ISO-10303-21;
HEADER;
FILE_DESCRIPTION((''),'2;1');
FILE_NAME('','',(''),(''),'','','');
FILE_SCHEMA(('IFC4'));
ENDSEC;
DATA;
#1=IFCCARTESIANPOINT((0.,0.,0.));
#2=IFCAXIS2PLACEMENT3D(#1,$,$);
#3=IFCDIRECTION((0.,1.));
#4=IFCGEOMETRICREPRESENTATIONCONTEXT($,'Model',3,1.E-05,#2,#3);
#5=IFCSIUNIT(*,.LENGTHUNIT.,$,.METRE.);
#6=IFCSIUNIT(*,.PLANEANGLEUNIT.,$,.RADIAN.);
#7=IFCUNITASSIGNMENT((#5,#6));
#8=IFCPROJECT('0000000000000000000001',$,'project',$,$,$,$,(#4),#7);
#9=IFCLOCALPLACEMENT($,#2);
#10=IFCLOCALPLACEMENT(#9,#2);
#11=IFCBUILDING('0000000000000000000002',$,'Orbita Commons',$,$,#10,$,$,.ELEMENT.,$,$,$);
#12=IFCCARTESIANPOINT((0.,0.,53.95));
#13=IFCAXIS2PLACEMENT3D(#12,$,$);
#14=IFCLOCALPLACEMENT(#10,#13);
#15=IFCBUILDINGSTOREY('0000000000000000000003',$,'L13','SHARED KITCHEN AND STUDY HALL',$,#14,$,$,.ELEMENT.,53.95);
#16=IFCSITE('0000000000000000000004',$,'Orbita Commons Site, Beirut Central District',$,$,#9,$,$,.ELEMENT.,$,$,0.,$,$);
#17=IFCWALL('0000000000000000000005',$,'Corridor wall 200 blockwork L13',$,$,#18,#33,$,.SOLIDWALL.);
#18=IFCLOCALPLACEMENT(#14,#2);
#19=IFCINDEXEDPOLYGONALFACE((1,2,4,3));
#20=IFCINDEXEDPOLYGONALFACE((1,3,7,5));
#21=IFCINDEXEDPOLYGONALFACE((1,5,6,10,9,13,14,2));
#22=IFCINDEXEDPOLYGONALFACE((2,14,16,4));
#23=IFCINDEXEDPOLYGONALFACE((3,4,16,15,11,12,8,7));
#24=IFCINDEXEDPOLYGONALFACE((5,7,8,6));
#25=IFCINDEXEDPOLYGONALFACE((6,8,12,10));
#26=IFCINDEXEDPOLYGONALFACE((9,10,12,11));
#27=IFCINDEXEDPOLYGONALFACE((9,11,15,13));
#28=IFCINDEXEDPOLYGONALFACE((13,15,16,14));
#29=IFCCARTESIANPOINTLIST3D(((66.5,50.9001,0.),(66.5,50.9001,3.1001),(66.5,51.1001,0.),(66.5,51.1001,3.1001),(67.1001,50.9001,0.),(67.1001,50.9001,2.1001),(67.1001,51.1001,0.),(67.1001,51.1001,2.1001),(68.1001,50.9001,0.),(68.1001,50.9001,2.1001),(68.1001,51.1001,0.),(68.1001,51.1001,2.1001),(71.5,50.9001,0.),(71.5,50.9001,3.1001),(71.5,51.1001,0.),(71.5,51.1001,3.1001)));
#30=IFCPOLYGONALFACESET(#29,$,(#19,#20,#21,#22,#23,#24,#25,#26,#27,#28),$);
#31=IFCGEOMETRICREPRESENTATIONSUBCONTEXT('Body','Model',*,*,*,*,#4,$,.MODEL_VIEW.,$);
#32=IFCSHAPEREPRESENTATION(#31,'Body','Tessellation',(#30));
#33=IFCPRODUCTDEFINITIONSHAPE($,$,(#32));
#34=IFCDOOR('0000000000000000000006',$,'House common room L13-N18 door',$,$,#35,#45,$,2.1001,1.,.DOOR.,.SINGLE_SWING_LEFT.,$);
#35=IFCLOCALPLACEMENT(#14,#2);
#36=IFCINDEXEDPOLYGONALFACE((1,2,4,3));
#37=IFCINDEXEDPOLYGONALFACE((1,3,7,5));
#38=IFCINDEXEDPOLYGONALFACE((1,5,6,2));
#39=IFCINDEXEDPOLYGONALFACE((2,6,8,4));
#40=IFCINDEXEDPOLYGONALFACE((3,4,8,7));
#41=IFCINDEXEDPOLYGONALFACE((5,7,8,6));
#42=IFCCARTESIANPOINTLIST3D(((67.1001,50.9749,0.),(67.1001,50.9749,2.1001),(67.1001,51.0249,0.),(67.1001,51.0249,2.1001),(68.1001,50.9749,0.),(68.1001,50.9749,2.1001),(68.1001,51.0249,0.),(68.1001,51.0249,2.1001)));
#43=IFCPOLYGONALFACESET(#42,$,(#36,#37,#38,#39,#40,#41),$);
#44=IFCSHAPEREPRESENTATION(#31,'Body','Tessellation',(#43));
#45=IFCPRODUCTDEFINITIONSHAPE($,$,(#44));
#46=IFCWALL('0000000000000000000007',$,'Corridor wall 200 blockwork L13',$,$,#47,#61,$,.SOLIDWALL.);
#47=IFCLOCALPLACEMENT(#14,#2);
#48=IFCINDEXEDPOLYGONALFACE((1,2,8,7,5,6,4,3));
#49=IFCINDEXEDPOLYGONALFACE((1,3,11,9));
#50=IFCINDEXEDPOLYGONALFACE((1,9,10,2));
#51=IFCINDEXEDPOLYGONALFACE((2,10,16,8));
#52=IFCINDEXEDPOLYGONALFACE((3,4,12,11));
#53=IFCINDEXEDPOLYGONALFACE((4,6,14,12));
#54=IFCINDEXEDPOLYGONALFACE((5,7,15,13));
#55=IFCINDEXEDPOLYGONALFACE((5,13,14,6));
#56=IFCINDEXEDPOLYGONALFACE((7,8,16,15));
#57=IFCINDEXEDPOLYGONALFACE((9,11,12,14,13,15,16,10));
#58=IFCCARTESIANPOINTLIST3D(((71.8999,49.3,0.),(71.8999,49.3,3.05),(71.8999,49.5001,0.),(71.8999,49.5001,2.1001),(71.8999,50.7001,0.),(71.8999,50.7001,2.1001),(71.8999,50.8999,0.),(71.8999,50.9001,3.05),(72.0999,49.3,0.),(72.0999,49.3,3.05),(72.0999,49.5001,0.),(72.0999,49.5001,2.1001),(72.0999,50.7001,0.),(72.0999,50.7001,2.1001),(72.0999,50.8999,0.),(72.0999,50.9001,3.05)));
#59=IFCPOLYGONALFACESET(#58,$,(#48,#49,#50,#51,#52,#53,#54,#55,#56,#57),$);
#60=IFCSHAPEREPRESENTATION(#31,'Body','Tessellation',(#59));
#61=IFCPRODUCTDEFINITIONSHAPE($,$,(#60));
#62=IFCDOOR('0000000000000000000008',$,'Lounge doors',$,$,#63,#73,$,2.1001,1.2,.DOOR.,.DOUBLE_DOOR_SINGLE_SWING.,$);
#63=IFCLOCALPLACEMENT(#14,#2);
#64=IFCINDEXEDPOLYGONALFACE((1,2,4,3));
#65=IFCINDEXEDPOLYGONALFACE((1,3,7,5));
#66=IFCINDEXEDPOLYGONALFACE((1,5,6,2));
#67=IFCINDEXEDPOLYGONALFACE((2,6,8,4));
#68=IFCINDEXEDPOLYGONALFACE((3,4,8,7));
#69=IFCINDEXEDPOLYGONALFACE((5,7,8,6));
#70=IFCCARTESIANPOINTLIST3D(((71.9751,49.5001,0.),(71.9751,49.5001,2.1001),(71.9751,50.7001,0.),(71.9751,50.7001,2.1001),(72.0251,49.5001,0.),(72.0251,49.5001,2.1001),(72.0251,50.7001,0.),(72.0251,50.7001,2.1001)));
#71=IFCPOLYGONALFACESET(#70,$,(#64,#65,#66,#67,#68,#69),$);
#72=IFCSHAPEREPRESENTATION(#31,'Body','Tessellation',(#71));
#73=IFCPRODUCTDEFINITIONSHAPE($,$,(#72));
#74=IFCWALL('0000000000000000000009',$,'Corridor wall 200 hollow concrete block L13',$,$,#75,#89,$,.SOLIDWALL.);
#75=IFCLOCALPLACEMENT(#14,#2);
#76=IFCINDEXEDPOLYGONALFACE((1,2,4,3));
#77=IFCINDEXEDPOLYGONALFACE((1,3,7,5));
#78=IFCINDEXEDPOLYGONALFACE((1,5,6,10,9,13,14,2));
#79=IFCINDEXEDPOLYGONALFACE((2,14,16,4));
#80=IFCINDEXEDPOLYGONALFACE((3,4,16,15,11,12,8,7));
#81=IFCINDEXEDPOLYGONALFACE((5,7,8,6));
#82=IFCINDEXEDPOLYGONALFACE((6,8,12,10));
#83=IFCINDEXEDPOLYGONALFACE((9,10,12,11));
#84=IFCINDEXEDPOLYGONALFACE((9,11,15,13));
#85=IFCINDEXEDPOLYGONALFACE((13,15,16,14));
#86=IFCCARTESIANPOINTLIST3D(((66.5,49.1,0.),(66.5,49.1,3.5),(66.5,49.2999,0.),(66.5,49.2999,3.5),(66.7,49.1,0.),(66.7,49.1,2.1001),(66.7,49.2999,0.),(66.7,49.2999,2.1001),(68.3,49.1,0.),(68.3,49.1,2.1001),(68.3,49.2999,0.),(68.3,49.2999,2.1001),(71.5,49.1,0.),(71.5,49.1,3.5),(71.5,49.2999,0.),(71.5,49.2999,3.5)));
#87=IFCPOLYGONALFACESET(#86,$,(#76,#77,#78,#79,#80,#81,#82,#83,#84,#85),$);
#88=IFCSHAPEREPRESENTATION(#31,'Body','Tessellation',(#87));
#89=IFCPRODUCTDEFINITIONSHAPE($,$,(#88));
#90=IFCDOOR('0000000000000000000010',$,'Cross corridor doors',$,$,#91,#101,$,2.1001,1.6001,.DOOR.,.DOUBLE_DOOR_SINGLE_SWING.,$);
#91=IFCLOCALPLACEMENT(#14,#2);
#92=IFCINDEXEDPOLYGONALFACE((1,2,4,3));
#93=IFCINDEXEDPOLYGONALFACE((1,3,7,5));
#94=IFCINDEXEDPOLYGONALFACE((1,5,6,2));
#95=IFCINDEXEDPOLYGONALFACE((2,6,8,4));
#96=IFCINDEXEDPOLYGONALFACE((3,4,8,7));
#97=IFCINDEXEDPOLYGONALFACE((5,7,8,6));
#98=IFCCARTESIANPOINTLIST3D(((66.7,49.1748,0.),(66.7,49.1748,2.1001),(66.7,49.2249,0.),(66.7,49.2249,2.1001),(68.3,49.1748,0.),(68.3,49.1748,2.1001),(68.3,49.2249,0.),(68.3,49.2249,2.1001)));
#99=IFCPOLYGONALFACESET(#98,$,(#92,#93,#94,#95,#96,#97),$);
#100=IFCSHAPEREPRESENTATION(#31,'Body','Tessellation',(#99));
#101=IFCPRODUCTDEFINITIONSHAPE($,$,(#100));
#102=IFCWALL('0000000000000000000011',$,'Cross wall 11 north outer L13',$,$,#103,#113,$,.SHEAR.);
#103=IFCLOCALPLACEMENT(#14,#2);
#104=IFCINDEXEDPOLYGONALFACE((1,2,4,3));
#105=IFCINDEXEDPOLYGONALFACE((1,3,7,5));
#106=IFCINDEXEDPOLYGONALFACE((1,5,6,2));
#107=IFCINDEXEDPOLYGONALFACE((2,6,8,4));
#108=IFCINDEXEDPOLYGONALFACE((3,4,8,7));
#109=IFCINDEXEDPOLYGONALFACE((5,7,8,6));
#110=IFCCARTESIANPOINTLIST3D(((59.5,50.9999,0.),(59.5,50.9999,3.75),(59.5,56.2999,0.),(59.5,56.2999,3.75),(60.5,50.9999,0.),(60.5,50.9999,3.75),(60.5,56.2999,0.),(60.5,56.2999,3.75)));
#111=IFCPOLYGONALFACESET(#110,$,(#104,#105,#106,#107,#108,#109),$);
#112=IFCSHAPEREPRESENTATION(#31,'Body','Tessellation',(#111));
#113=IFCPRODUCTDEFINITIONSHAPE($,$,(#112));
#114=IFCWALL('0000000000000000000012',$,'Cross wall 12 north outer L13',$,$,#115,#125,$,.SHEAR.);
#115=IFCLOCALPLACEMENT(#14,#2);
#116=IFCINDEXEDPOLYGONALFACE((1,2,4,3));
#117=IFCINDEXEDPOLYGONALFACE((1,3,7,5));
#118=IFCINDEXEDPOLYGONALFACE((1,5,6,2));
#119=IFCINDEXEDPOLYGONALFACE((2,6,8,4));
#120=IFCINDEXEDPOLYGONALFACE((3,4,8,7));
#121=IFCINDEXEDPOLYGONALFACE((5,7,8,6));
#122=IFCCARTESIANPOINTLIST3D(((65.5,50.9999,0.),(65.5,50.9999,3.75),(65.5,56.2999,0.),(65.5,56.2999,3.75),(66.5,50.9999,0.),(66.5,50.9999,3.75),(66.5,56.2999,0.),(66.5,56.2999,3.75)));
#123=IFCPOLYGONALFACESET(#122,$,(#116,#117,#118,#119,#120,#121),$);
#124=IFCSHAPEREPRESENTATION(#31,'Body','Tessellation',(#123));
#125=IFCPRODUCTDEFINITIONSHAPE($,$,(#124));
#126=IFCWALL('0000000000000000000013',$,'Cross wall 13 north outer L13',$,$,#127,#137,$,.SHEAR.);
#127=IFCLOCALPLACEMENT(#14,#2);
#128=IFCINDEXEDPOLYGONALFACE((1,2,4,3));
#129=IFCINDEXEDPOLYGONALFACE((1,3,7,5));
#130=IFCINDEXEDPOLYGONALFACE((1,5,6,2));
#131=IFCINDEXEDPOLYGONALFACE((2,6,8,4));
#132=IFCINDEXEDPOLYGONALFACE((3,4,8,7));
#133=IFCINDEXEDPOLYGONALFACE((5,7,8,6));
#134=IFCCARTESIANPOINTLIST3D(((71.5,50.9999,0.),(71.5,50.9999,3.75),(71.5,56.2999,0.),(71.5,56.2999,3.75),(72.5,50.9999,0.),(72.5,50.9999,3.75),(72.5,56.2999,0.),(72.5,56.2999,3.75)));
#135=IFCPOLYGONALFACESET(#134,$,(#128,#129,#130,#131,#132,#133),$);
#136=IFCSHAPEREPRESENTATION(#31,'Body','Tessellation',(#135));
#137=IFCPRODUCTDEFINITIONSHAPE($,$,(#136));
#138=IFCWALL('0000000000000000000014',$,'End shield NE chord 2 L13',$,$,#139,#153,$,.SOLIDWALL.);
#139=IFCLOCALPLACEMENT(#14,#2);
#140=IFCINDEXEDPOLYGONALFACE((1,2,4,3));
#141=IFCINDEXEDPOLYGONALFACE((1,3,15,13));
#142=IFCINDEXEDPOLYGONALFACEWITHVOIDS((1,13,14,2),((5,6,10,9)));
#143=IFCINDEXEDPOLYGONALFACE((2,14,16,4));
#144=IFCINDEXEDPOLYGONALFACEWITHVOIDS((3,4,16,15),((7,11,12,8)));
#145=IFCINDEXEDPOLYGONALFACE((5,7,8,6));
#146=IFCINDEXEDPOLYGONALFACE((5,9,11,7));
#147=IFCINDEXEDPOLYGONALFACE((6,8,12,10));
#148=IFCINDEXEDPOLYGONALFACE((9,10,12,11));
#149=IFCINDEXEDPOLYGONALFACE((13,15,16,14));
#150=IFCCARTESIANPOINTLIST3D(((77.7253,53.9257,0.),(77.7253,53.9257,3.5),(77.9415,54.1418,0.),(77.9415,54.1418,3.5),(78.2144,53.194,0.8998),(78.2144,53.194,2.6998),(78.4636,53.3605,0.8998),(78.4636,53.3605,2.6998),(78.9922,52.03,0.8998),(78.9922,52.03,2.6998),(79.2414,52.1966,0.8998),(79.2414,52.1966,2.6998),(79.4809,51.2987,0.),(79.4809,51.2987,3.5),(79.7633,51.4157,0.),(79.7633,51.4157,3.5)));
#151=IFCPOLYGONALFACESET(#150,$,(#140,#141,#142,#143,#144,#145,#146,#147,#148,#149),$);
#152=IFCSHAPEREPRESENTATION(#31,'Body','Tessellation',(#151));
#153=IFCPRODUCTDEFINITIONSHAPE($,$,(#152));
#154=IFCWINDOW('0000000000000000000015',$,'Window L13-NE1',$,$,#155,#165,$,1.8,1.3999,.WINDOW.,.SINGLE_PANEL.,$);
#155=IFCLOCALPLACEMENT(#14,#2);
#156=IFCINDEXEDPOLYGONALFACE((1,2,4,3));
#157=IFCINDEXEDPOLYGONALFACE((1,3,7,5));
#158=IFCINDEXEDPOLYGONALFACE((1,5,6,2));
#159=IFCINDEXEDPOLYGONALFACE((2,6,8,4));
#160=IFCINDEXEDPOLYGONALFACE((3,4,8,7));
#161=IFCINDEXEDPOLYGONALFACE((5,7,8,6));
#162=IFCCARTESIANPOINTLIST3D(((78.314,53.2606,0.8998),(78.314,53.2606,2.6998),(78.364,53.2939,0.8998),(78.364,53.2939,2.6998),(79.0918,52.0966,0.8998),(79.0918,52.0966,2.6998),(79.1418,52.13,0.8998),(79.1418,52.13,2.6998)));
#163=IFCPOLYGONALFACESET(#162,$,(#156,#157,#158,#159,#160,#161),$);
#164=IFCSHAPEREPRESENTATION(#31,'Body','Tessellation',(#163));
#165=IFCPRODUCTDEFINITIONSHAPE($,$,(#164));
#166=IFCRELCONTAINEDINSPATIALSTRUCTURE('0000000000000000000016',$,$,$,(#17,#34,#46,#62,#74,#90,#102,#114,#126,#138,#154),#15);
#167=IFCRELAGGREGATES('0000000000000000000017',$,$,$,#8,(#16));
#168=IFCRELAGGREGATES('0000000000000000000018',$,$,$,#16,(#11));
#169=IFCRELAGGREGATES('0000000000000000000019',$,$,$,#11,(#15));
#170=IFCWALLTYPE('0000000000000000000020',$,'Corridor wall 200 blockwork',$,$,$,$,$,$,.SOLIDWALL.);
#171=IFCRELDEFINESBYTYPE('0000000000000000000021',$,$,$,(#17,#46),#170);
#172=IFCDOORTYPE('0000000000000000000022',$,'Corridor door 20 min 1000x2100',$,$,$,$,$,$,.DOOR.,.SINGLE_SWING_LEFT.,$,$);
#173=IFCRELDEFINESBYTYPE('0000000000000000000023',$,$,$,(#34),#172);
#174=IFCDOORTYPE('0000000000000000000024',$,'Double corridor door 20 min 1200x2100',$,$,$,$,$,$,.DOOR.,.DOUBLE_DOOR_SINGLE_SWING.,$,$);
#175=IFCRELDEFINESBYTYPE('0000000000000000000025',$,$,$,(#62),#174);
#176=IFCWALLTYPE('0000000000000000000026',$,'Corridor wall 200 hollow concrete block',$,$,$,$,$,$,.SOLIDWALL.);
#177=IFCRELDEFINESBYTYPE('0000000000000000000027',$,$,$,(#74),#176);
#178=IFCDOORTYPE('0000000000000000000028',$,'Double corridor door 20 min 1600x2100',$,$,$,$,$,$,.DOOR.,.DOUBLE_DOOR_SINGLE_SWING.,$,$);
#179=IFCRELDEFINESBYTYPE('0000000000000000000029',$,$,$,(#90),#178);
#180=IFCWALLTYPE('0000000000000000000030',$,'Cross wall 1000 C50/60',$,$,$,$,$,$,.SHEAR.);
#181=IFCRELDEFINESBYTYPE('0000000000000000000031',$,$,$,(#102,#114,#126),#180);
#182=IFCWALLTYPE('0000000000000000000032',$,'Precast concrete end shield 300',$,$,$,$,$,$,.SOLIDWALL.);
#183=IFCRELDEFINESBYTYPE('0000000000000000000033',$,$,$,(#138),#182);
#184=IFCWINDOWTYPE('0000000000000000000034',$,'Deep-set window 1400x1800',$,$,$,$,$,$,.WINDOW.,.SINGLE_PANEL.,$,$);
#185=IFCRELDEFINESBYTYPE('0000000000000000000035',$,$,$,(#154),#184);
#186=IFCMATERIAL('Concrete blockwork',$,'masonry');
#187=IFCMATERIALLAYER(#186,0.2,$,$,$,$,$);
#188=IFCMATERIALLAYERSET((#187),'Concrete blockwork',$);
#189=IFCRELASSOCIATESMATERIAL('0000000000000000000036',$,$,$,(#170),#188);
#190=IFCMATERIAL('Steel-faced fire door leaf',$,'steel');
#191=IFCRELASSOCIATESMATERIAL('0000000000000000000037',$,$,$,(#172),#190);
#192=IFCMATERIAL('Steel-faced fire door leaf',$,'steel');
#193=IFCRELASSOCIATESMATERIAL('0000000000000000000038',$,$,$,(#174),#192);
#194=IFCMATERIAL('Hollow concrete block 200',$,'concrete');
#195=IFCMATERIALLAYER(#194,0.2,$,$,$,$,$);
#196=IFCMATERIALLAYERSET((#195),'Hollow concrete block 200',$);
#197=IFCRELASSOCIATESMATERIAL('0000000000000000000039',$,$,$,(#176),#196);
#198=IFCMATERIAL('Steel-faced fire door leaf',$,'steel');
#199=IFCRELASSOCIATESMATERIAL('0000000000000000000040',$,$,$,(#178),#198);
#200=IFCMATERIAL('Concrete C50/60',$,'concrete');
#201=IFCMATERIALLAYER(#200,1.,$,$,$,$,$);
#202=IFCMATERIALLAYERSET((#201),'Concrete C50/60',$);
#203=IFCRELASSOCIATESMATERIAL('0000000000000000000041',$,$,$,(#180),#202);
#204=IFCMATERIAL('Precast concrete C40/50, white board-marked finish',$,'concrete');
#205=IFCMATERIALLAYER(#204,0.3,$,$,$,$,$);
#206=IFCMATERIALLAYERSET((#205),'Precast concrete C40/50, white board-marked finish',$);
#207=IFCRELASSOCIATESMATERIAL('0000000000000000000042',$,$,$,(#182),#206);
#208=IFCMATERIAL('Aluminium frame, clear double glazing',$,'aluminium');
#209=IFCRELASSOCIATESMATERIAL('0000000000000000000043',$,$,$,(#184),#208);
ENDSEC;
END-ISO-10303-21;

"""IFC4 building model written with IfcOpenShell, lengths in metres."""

from ifc_helpers import new_model, si_unit, direction, frame, frame_2d, origin, place, context, subcontext, project, spatial, polyline, rectangle, outline, extrude, material, layer, layer_set, type_object, element, fill, save


model = new_model("IFC4")

# Units and contexts
model_context = context("Model", 3, precision=1e-05, world=origin(), true_north=direction((0.0, 1.0)))
body_context = subcontext(model_context, "Body", "Model", "MODEL_VIEW")
ifc_project = project(units=[si_unit("LENGTHUNIT", "METRE"), si_unit("PLANEANGLEUNIT", "RADIAN")], contexts=[model_context])

# Site, building, storey
site_placement = place(None, origin())
site = spatial("IfcSite", under=ifc_project, at=site_placement, Name="Orbita Commons Site, Beirut Central District", CompositionType="ELEMENT", RefElevation=0.0)
building_placement = place(site_placement, origin())
building = spatial("IfcBuilding", under=site, at=building_placement, Name="Orbita Commons", CompositionType="ELEMENT")
storey_placement = place(building_placement, frame((0.0, 0.0, 53.95)))
storey = spatial("IfcBuildingStorey", under=building, at=storey_placement, Name="L13", Description="SHARED KITCHEN AND STUDY HALL", CompositionType="ELEMENT", Elevation=53.95)

# Walls, openings, doors
ifc_material_1 = material(Name="Concrete blockwork", Category="masonry")
ifc_layer_1 = layer(ifc_material_1, 0.2)
ifc_layer_set_1 = layer_set([ifc_layer_1], Name="Concrete blockwork")
wall_type_1 = type_object("IfcWallType", Name="Corridor wall 200 blockwork", PredefinedType="SOLIDWALL", material=ifc_layer_set_1)
ifc_material_2 = material(Name="Steel-faced fire door leaf", Category="steel")
door_type_1 = type_object("IfcDoorType", Name="Corridor door 20 min 1000x2100", OperationType="SINGLE_SWING_LEFT", PredefinedType="DOOR", material=ifc_material_2)
wall_1_placement = place(storey_placement, frame((66.5, 51.0, 0.0), z_axis=(0.0, 0.0, 1.0), x_axis=(1.0, 0.0, 0.0)))
wall_1 = element("IfcWall", 1, at=wall_1_placement, inside=storey, type_object=wall_type_1, Name="Corridor wall 200 blockwork L13", PredefinedType="SOLIDWALL", context=body_context, shape_type="SweptSolid", body=[
    extrude(outline(polyline([(0.0, 0.0), (5.0, 0.0), (5.0, 3.1001), (0.0, 3.1001), (0.0, 0.0)])), frame((0.0, 0.1001, 0.0), z_axis=(0.0, -1.0, 0.0), x_axis=(1.0, 0.0, 0.0)), (0.0, 0.0, 1.0), 0.2),
])
opening_1_placement = place(wall_1_placement, frame((0.6001, 0.0, 0.0)))
opening_1 = element("IfcOpeningElement", 2, at=opening_1_placement, cuts=wall_1, PredefinedType="OPENING", context=body_context, shape_type="SweptSolid", body=[
    extrude(rectangle(XDim=1.0, YDim=2.1001, at=frame_2d((0.5, 1.05))), frame((0.0, 0.1099, 0.0), z_axis=(0.0, -1.0, 0.0), x_axis=(1.0, 0.0, 0.0)), (0.0, 0.0, 1.0), 0.22),
])
door_1_placement = place(opening_1_placement, origin())
door_1 = element("IfcDoor", 3, at=door_1_placement, inside=storey, type_object=door_type_1, Name="House common room L13-N18 door", OperationType="SINGLE_SWING_LEFT", OverallHeight=2.1001, OverallWidth=1.0, PredefinedType="DOOR", context=body_context, shape_type="SweptSolid", body=[
    extrude(rectangle(XDim=1.0, YDim=2.1001, at=frame_2d((0.5, 1.05))), frame((0.0, 0.0249, 0.0), z_axis=(0.0, -1.0, 0.0), x_axis=(1.0, 0.0, 0.0)), (0.0, 0.0, 1.0), 0.05),
])
fill(opening_1, door_1)
wall_2_placement = place(storey_placement, frame((72.0, 49.3, 0.0), z_axis=(0.0, 0.0, 1.0), x_axis=(0.0, 1.0, 0.0)))
wall_2 = element("IfcWall", 4, at=wall_2_placement, inside=storey, type_object=wall_type_1, Name="Corridor wall 200 blockwork L13", PredefinedType="SOLIDWALL", context=body_context, shape_type="SweptSolid", body=[
    extrude(outline(polyline([(0.0, 0.0), (1.5999, 0.0), (1.6001, 3.05), (0.0, 3.05), (0.0, 0.0)])), frame((0.0, 0.1001, 0.0), z_axis=(0.0, -1.0, 0.0), x_axis=(1.0, 0.0, 0.0)), (0.0, 0.0, 1.0), 0.2),
])
opening_2_placement = place(wall_2_placement, frame((0.2, 0.0, 0.0)))
opening_2 = element("IfcOpeningElement", 5, at=opening_2_placement, cuts=wall_2, PredefinedType="OPENING", context=body_context, shape_type="SweptSolid", body=[
    extrude(rectangle(XDim=1.2, YDim=2.1001, at=frame_2d((0.6001, 1.05))), frame((0.0, 0.1099, 0.0), z_axis=(0.0, -1.0, 0.0), x_axis=(1.0, 0.0, 0.0)), (0.0, 0.0, 1.0), 0.22),
])
ifc_material_3 = material(Name="Steel-faced fire door leaf", Category="steel")
door_type_2 = type_object("IfcDoorType", Name="Double corridor door 20 min 1200x2100", OperationType="DOUBLE_DOOR_SINGLE_SWING", PredefinedType="DOOR", material=ifc_material_3)
door_2_placement = place(opening_2_placement, origin())
door_2 = element("IfcDoor", 6, at=door_2_placement, inside=storey, type_object=door_type_2, Name="Lounge doors", OperationType="DOUBLE_DOOR_SINGLE_SWING", OverallHeight=2.1001, OverallWidth=1.2, PredefinedType="DOOR", context=body_context, shape_type="SweptSolid", body=[
    extrude(rectangle(XDim=1.2, YDim=2.1001, at=frame_2d((0.6001, 1.05))), frame((0.0, 0.0249, 0.0), z_axis=(0.0, -1.0, 0.0), x_axis=(1.0, 0.0, 0.0)), (0.0, 0.0, 1.0), 0.05),
])
fill(opening_2, door_2)
ifc_material_4 = material(Name="Hollow concrete block 200", Category="concrete")
ifc_layer_2 = layer(ifc_material_4, 0.2)
ifc_layer_set_2 = layer_set([ifc_layer_2], Name="Hollow concrete block 200")
wall_type_2 = type_object("IfcWallType", Name="Corridor wall 200 hollow concrete block", PredefinedType="SOLIDWALL", material=ifc_layer_set_2)
wall_3_placement = place(storey_placement, frame((66.5, 49.2, 0.0), z_axis=(0.0, 0.0, 1.0), x_axis=(1.0, 0.0, 0.0)))
wall_3 = element("IfcWall", 7, at=wall_3_placement, inside=storey, type_object=wall_type_2, Name="Corridor wall 200 hollow concrete block L13", PredefinedType="SOLIDWALL", context=body_context, shape_type="SweptSolid", body=[
    extrude(rectangle(XDim=5.0, YDim=0.2, at=frame_2d((2.5, 0.0))), origin(), (0.0, 0.0, 1.0), 3.5),
])
opening_3_placement = place(wall_3_placement, frame((0.2, 0.0, 0.0)))
opening_3 = element("IfcOpeningElement", 8, at=opening_3_placement, cuts=wall_3, PredefinedType="OPENING", context=body_context, shape_type="SweptSolid", body=[
    extrude(rectangle(XDim=1.6001, YDim=2.1001, at=frame_2d((0.8, 1.05))), frame((0.0, 0.1099, 0.0), z_axis=(0.0, -1.0, 0.0), x_axis=(1.0, 0.0, 0.0)), (0.0, 0.0, 1.0), 0.22),
])
ifc_material_5 = material(Name="Steel-faced fire door leaf", Category="steel")
door_type_3 = type_object("IfcDoorType", Name="Double corridor door 20 min 1600x2100", OperationType="DOUBLE_DOOR_SINGLE_SWING", PredefinedType="DOOR", material=ifc_material_5)
door_3_placement = place(opening_3_placement, origin())
door_3 = element("IfcDoor", 9, at=door_3_placement, inside=storey, type_object=door_type_3, Name="Cross corridor doors", OperationType="DOUBLE_DOOR_SINGLE_SWING", OverallHeight=2.1001, OverallWidth=1.6001, PredefinedType="DOOR", context=body_context, shape_type="SweptSolid", body=[
    extrude(rectangle(XDim=1.6001, YDim=2.1001, at=frame_2d((0.8, 1.05))), frame((0.0, 0.0249, 0.0), z_axis=(0.0, -1.0, 0.0), x_axis=(1.0, 0.0, 0.0)), (0.0, 0.0, 1.0), 0.05),
])
fill(opening_3, door_3)

# Walls
ifc_material_6 = material(Name="Concrete C50/60", Category="concrete")
ifc_layer_3 = layer(ifc_material_6, 1.0)
ifc_layer_set_3 = layer_set([ifc_layer_3], Name="Concrete C50/60")
wall_type_3 = type_object("IfcWallType", Name="Cross wall 1000 C50/60", PredefinedType="SHEAR", material=ifc_layer_set_3)
for number, where, z_axis, x_axis, name in (
    (10, (60.0, 51.0, 0.0), (0.0, 0.0, 1.0), (0.0, 1.0, 0.0), "Cross wall 11 north outer L13"),
    (11, (66.0, 51.0, 0.0), (0.0, 0.0, 1.0), (0.0, 1.0, 0.0), "Cross wall 12 north outer L13"),
    (12, (72.0, 51.0, 0.0), (0.0, 0.0, 1.0), (0.0, 1.0, 0.0), "Cross wall 13 north outer L13"),
):
    element("IfcWall", number, at=place(storey_placement, frame(where, z_axis=z_axis, x_axis=x_axis)), inside=storey, type_object=wall_type_3, Name=name, PredefinedType="SHEAR", context=body_context, shape_type="SweptSolid", body=[
        extrude(rectangle(XDim=5.3, YDim=1.0, at=frame_2d((2.6499, 0.0))), origin(), (0.0, 0.0, 1.0), 3.75),
    ])

# Wall, opening, window
ifc_material_7 = material(Name="Precast concrete C40/50, white board-marked finish", Category="concrete")
ifc_layer_4 = layer(ifc_material_7, 0.3)
ifc_layer_set_4 = layer_set([ifc_layer_4], Name="Precast concrete C40/50, white board-marked finish")
wall_type_4 = type_object("IfcWallType", Name="Precast concrete end shield 300", PredefinedType="SOLIDWALL", material=ifc_layer_set_4)
wall_4_placement = place(storey_placement, frame((79.6221, 51.3572, 0.0), z_axis=(0.0, 0.0, 1.0), x_axis=(-0.55561, 0.831443, 0.0)))
wall_4 = element("IfcWall", 13, at=wall_4_placement, inside=storey, type_object=wall_type_4, Name="End shield NE chord 2 L13", PredefinedType="SOLIDWALL", context=body_context, shape_type="SweptSolid", body=[
    extrude(outline(polyline([(-0.0298, -0.1499), (3.249, -0.1499), (3.1895, 0.1499), (0.0298, 0.1499), (-0.0298, -0.1499)])), origin(), (0.0, 0.0, 1.0), 3.5),
])
opening_4_placement = place(wall_4_placement, frame((0.9094, 0.0, 0.8999)))
opening_4 = element("IfcOpeningElement", 14, at=opening_4_placement, cuts=wall_4, PredefinedType="OPENING", context=body_context, shape_type="SweptSolid", body=[
    extrude(rectangle(XDim=1.3999, YDim=1.8, at=frame_2d((0.7, 0.8999))), frame((0.0, 0.1599, 0.0), z_axis=(0.0, -1.0, 0.0), x_axis=(1.0, 0.0, 0.0)), (0.0, 0.0, 1.0), 0.3201),
])
ifc_material_8 = material(Name="Aluminium frame, clear double glazing", Category="aluminium")
window_type = type_object("IfcWindowType", Name="Deep-set window 1400x1800", PartitioningType="SINGLE_PANEL", PredefinedType="WINDOW", material=ifc_material_8)
window_placement = place(opening_4_placement, origin())
window = element("IfcWindow", 15, at=window_placement, inside=storey, type_object=window_type, Name="Window L13-NE1", OverallHeight=1.8, OverallWidth=1.3999, PartitioningType="SINGLE_PANEL", PredefinedType="WINDOW", context=body_context, shape_type="SweptSolid", body=[
    extrude(rectangle(XDim=1.3999, YDim=1.8, at=frame_2d((0.7, 0.8999))), frame((0.0, 0.03, 0.0), z_axis=(0.0, -1.0, 0.0), x_axis=(1.0, 0.0, 0.0)), (0.0, 0.0, 1.0), 0.0601),
])
fill(opening_4, window)

save(model, "model.ifc")
